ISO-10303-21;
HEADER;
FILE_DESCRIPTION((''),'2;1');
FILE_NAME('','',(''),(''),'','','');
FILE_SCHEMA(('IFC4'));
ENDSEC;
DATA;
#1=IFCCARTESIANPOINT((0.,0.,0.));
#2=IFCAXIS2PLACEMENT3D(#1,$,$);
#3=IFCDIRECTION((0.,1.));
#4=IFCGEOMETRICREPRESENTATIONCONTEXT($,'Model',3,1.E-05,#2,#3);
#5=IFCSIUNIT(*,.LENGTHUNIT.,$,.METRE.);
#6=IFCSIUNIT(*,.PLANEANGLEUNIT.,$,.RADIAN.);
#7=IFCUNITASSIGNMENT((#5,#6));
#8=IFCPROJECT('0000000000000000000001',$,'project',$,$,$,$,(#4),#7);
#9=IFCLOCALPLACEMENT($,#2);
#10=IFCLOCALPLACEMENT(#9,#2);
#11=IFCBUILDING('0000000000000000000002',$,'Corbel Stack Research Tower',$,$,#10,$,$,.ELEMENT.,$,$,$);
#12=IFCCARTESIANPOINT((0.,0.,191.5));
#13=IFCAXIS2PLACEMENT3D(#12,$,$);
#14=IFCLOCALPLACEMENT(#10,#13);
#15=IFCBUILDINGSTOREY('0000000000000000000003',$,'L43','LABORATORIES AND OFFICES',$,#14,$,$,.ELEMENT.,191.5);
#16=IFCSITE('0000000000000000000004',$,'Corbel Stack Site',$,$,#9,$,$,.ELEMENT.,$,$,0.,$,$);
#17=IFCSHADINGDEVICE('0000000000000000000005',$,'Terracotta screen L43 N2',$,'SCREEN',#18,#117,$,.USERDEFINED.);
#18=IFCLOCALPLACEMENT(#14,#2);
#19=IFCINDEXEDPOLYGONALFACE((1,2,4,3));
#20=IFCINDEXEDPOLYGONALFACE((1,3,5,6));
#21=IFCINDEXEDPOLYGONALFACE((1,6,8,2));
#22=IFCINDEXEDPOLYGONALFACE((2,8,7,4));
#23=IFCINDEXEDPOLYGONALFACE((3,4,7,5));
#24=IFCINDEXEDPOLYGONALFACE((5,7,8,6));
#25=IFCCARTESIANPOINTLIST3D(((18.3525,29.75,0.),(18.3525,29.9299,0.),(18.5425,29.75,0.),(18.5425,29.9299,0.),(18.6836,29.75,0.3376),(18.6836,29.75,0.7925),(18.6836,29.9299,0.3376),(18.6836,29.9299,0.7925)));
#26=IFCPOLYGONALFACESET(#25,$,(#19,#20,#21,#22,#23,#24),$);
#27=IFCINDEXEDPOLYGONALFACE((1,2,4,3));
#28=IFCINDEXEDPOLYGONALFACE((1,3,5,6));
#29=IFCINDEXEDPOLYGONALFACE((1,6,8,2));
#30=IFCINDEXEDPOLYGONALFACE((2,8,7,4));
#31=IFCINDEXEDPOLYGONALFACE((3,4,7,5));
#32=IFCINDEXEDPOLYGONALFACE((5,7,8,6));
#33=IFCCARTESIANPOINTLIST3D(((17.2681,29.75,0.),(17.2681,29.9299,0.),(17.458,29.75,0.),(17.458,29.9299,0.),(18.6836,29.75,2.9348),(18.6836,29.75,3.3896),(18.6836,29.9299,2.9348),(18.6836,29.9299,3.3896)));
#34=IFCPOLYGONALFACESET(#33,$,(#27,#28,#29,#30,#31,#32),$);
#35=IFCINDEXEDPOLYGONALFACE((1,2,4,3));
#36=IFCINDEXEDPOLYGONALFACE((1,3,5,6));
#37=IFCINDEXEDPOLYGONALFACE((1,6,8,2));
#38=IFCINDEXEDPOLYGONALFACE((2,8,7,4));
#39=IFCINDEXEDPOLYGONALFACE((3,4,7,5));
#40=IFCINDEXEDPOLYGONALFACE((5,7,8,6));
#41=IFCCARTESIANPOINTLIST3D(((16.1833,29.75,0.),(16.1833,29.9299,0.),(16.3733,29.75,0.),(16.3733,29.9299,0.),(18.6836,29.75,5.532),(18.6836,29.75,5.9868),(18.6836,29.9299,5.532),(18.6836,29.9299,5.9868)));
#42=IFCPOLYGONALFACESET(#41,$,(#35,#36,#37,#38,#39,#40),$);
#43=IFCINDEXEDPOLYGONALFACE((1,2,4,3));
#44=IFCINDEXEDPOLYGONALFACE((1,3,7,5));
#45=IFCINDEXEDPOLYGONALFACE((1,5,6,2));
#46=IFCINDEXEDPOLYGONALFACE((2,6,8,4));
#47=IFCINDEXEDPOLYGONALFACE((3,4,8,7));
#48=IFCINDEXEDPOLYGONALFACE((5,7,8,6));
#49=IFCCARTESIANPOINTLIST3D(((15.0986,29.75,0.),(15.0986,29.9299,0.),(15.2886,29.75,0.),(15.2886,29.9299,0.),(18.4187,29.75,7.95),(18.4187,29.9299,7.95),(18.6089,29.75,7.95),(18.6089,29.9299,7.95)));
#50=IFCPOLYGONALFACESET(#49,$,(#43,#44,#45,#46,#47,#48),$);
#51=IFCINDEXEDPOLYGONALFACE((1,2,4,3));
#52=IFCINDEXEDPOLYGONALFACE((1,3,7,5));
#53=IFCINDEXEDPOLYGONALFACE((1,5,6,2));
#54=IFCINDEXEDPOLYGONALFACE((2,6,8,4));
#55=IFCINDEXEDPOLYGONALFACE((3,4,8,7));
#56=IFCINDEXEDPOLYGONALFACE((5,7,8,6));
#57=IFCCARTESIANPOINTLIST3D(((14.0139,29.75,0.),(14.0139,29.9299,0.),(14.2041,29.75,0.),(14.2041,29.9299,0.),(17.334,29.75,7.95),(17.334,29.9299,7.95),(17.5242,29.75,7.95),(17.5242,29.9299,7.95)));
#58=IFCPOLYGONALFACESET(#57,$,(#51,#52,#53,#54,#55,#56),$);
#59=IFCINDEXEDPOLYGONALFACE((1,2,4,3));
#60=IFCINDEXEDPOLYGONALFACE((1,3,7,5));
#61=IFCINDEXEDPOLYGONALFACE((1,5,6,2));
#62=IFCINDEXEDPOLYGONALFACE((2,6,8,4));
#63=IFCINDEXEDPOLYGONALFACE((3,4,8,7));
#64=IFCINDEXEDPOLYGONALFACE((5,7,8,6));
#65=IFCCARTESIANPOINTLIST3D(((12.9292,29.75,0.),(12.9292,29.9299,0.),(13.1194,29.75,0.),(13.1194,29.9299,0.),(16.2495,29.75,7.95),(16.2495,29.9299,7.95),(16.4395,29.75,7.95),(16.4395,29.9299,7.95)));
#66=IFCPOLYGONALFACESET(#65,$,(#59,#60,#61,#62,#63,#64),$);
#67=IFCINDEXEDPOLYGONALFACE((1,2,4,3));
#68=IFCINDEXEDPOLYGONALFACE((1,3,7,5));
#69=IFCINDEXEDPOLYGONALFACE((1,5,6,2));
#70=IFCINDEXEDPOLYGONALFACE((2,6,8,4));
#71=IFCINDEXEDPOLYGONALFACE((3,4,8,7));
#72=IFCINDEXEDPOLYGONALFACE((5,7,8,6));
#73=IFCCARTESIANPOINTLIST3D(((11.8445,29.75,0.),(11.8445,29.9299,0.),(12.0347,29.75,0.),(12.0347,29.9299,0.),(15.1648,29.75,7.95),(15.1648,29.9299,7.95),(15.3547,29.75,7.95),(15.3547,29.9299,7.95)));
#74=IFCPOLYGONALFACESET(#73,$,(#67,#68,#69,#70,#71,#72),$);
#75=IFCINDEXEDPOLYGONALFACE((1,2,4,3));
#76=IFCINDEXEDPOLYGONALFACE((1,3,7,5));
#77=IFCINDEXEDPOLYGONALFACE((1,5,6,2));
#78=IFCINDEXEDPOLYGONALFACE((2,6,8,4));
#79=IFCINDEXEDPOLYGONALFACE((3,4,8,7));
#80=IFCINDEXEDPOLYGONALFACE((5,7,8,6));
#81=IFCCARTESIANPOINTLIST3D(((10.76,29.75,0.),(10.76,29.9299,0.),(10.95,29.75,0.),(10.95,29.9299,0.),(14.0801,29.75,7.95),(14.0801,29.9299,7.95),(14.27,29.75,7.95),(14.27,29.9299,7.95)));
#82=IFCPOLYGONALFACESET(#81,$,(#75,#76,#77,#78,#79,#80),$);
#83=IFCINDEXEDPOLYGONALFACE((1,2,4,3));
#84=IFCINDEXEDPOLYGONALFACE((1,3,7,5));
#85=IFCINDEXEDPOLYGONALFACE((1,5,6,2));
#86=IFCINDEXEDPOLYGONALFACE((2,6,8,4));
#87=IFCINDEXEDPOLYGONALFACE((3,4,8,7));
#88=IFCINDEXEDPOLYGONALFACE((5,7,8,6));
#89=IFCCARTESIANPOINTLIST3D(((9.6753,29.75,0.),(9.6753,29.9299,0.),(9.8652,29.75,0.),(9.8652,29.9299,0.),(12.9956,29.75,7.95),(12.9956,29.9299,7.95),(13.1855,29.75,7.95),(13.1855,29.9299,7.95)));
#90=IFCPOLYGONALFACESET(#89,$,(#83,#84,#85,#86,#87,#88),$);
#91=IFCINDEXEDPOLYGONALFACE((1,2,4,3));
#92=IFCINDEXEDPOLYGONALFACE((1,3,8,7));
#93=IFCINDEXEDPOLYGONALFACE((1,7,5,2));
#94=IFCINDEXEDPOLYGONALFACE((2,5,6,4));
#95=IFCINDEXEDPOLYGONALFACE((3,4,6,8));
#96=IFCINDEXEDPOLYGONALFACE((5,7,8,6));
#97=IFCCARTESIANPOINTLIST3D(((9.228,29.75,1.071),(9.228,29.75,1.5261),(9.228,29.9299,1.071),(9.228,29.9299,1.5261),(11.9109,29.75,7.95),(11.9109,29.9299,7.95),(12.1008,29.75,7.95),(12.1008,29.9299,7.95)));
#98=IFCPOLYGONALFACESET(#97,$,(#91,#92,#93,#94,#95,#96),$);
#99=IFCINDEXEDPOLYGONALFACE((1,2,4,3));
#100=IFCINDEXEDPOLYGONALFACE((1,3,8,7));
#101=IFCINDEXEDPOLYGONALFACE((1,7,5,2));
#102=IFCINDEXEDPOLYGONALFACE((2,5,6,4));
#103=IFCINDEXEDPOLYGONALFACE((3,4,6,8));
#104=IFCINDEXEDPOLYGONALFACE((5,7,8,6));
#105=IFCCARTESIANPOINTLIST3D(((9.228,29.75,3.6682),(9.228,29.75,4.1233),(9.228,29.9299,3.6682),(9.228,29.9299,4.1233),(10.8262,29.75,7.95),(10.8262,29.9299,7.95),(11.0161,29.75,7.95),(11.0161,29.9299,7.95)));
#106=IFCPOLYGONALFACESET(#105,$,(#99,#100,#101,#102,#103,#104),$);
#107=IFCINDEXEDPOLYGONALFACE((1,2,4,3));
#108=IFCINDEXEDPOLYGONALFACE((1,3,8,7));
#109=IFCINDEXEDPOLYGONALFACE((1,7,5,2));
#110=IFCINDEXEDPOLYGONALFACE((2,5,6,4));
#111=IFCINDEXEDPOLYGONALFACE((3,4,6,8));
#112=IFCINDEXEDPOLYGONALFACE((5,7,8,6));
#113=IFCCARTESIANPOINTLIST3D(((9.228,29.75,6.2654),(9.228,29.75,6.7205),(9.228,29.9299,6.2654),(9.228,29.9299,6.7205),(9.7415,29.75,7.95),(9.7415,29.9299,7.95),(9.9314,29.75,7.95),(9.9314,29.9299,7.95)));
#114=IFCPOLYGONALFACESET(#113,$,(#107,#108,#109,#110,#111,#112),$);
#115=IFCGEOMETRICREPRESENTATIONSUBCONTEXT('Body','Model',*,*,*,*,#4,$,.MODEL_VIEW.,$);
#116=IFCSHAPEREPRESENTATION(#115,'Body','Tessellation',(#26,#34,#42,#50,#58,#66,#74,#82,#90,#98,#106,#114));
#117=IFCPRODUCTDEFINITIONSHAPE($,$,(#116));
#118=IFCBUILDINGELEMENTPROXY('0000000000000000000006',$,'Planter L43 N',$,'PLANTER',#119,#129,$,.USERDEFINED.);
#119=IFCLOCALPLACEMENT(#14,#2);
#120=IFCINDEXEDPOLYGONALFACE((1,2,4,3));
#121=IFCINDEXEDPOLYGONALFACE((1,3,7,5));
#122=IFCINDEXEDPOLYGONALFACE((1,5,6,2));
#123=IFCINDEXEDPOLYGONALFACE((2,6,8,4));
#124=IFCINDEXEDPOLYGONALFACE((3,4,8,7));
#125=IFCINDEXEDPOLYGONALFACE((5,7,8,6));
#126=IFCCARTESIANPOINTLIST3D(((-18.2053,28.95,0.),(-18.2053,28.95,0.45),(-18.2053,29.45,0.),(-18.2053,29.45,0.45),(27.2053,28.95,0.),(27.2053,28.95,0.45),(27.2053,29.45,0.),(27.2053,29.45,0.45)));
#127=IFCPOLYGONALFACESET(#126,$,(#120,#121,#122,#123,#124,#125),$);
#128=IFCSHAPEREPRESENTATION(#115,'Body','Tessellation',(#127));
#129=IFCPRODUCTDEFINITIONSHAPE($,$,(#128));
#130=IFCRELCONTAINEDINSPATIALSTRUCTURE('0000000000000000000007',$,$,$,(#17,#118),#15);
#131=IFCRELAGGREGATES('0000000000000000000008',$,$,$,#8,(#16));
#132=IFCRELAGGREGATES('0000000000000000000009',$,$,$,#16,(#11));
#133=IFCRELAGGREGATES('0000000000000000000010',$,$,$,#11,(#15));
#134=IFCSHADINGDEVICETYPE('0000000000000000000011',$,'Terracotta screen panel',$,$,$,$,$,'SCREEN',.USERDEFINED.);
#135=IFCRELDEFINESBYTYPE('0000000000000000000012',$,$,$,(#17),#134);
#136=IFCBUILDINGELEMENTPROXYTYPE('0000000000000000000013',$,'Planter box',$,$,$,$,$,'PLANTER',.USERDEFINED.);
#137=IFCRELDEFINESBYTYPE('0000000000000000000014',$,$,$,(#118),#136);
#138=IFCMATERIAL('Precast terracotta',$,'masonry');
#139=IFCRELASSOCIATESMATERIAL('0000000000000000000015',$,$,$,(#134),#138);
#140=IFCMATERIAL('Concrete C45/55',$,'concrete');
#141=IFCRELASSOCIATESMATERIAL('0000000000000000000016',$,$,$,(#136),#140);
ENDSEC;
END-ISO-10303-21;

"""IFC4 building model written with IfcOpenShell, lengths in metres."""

from ifc_helpers import new_model, si_unit, direction, frame, origin, origin_2d, place, context, subcontext, project, spatial, polyline, rectangle, outline, extrude, source, transform, mapped, material, type_object, element, save


model = new_model("IFC4")

# Units and contexts
model_context = context("Model", 3, precision=1e-05, world=origin(), true_north=direction((0.0, 1.0)))
body_context = subcontext(model_context, "Body", "Model", "MODEL_VIEW")
ifc_project = project(units=[si_unit("LENGTHUNIT", "METRE"), si_unit("PLANEANGLEUNIT", "RADIAN")], contexts=[model_context])

# Site, building, storey
site_placement = place(None, origin())
site = spatial("IfcSite", under=ifc_project, at=site_placement, Name="Corbel Stack Site", CompositionType="ELEMENT", RefElevation=0.0)
building_placement = place(site_placement, origin())
building = spatial("IfcBuilding", under=site, at=building_placement, Name="Corbel Stack Research Tower", CompositionType="ELEMENT")
storey_placement = place(building_placement, frame((0.0, 0.0, 191.5)))
storey = spatial("IfcBuildingStorey", under=building, at=storey_placement, Name="L43", Description="LABORATORIES AND OFFICES", CompositionType="ELEMENT", Elevation=191.5)

# Shading device
ifc_material_1 = material(Name="Precast terracotta", Category="masonry")
shading_device_type = type_object("IfcShadingDeviceType", Name="Terracotta screen panel", ElementType="SCREEN", PredefinedType="USERDEFINED", material=ifc_material_1)
shared_shape_1 = source(origin(), body_context, "Body", "SweptSolid", [
    extrude(outline(polyline([(0.3311, 0.0), (0.0, 0.7925), (0.0, 0.3376), (0.1411, 0.0), (0.3311, 0.0)])), frame((0.0, 0.0, 0.0), z_axis=(0.0, -1.0, 0.0), x_axis=(1.0, 0.0, 0.0)), (0.0, 0.0, 1.0), 0.1799),
    extrude(outline(polyline([(1.4155, 0.0), (0.0, 3.3896), (0.0, 2.9348), (1.2256, 0.0), (1.4155, 0.0)])), frame((0.0, 0.0, 0.0), z_axis=(0.0, -1.0, 0.0), x_axis=(1.0, 0.0, 0.0)), (0.0, 0.0, 1.0), 0.1799),
    extrude(outline(polyline([(2.5002, 0.0), (0.0, 5.9868), (0.0, 5.532), (2.3103, 0.0), (2.5002, 0.0)])), frame((0.0, 0.0, 0.0), z_axis=(0.0, -1.0, 0.0), x_axis=(1.0, 0.0, 0.0)), (0.0, 0.0, 1.0), 0.1799),
    extrude(outline(polyline([(3.585, 0.0), (0.2649, 7.95), (0.0747, 7.95), (3.395, 0.0), (3.585, 0.0)])), frame((0.0, 0.0, 0.0), z_axis=(0.0, -1.0, 0.0), x_axis=(1.0, 0.0, 0.0)), (0.0, 0.0, 1.0), 0.1799),
    extrude(outline(polyline([(4.6697, 0.0), (1.3496, 7.95), (1.1594, 7.95), (4.4795, 0.0), (4.6697, 0.0)])), frame((0.0, 0.0, 0.0), z_axis=(0.0, -1.0, 0.0), x_axis=(1.0, 0.0, 0.0)), (0.0, 0.0, 1.0), 0.1799),
    extrude(outline(polyline([(5.7544, 0.0), (2.4341, 7.95), (2.2441, 7.95), (5.5642, 0.0), (5.7544, 0.0)])), frame((0.0, 0.0, 0.0), z_axis=(0.0, -1.0, 0.0), x_axis=(1.0, 0.0, 0.0)), (0.0, 0.0, 1.0), 0.1799),
    extrude(outline(polyline([(6.8391, 0.0), (3.5188, 7.95), (3.3289, 7.95), (6.6489, 0.0), (6.8391, 0.0)])), frame((0.0, 0.0, 0.0), z_axis=(0.0, -1.0, 0.0), x_axis=(1.0, 0.0, 0.0)), (0.0, 0.0, 1.0), 0.1799),
    extrude(outline(polyline([(7.9236, 0.0), (4.6035, 7.95), (4.4136, 7.95), (7.7336, 0.0), (7.9236, 0.0)])), frame((0.0, 0.0, 0.0), z_axis=(0.0, -1.0, 0.0), x_axis=(1.0, 0.0, 0.0)), (0.0, 0.0, 1.0), 0.1799),
    extrude(outline(polyline([(9.0083, 0.0), (5.688, 7.95), (5.498, 7.95), (8.8184, 0.0), (9.0083, 0.0)])), frame((0.0, 0.0, 0.0), z_axis=(0.0, -1.0, 0.0), x_axis=(1.0, 0.0, 0.0)), (0.0, 0.0, 1.0), 0.1799),
    extrude(outline(polyline([(6.7727, 7.95), (6.5828, 7.95), (9.4556, 1.071), (9.4556, 1.5261), (6.7727, 7.95)])), frame((0.0, 0.0, 0.0), z_axis=(0.0, -1.0, 0.0), x_axis=(1.0, 0.0, 0.0)), (0.0, 0.0, 1.0), 0.1799),
    extrude(outline(polyline([(7.8574, 7.95), (7.6675, 7.95), (9.4556, 3.6682), (9.4556, 4.1233), (7.8574, 7.95)])), frame((0.0, 0.0, 0.0), z_axis=(0.0, -1.0, 0.0), x_axis=(1.0, 0.0, 0.0)), (0.0, 0.0, 1.0), 0.1799),
    extrude(outline(polyline([(8.9421, 7.95), (8.7522, 7.95), (9.4556, 6.2654), (9.4556, 6.7205), (8.9421, 7.95)])), frame((0.0, 0.0, 0.0), z_axis=(0.0, -1.0, 0.0), x_axis=(1.0, 0.0, 0.0)), (0.0, 0.0, 1.0), 0.1799),
])
shading_device_1_placement = place(storey_placement, frame((18.6836, 29.75, 0.0), z_axis=(0.0, 0.0, 1.0), x_axis=(-1.0, 0.0, 0.0)))
element("IfcShadingDevice", 1, at=shading_device_1_placement, inside=storey, type_object=shading_device_type, Name="Terracotta screen L43 N2", ObjectType="SCREEN", PredefinedType="USERDEFINED", context=body_context, shape_type="MappedRepresentation", body=[
    mapped(shared_shape_1, transform((0.0, 0.0, 0.0))),
])

# Building element proxy
ifc_material_2 = material(Name="Concrete C45/55", Category="concrete")
building_element_proxy_type = type_object("IfcBuildingElementProxyType", Name="Planter box", ElementType="PLANTER", PredefinedType="USERDEFINED", material=ifc_material_2)
proxy_placement = place(storey_placement, frame((4.5, 29.2, 0.0), z_axis=(0.0, 0.0, 1.0), x_axis=(-1.0, 0.0, 0.0)))
element("IfcBuildingElementProxy", 2, at=proxy_placement, inside=storey, type_object=building_element_proxy_type, Name="Planter L43 N", ObjectType="PLANTER", PredefinedType="USERDEFINED", context=body_context, shape_type="SweptSolid", body=[
    extrude(rectangle(XDim=45.4106, YDim=0.5, at=origin_2d()), origin(), (0.0, 0.0, 1.0), 0.45),
])

save(model, "model.ifc")
